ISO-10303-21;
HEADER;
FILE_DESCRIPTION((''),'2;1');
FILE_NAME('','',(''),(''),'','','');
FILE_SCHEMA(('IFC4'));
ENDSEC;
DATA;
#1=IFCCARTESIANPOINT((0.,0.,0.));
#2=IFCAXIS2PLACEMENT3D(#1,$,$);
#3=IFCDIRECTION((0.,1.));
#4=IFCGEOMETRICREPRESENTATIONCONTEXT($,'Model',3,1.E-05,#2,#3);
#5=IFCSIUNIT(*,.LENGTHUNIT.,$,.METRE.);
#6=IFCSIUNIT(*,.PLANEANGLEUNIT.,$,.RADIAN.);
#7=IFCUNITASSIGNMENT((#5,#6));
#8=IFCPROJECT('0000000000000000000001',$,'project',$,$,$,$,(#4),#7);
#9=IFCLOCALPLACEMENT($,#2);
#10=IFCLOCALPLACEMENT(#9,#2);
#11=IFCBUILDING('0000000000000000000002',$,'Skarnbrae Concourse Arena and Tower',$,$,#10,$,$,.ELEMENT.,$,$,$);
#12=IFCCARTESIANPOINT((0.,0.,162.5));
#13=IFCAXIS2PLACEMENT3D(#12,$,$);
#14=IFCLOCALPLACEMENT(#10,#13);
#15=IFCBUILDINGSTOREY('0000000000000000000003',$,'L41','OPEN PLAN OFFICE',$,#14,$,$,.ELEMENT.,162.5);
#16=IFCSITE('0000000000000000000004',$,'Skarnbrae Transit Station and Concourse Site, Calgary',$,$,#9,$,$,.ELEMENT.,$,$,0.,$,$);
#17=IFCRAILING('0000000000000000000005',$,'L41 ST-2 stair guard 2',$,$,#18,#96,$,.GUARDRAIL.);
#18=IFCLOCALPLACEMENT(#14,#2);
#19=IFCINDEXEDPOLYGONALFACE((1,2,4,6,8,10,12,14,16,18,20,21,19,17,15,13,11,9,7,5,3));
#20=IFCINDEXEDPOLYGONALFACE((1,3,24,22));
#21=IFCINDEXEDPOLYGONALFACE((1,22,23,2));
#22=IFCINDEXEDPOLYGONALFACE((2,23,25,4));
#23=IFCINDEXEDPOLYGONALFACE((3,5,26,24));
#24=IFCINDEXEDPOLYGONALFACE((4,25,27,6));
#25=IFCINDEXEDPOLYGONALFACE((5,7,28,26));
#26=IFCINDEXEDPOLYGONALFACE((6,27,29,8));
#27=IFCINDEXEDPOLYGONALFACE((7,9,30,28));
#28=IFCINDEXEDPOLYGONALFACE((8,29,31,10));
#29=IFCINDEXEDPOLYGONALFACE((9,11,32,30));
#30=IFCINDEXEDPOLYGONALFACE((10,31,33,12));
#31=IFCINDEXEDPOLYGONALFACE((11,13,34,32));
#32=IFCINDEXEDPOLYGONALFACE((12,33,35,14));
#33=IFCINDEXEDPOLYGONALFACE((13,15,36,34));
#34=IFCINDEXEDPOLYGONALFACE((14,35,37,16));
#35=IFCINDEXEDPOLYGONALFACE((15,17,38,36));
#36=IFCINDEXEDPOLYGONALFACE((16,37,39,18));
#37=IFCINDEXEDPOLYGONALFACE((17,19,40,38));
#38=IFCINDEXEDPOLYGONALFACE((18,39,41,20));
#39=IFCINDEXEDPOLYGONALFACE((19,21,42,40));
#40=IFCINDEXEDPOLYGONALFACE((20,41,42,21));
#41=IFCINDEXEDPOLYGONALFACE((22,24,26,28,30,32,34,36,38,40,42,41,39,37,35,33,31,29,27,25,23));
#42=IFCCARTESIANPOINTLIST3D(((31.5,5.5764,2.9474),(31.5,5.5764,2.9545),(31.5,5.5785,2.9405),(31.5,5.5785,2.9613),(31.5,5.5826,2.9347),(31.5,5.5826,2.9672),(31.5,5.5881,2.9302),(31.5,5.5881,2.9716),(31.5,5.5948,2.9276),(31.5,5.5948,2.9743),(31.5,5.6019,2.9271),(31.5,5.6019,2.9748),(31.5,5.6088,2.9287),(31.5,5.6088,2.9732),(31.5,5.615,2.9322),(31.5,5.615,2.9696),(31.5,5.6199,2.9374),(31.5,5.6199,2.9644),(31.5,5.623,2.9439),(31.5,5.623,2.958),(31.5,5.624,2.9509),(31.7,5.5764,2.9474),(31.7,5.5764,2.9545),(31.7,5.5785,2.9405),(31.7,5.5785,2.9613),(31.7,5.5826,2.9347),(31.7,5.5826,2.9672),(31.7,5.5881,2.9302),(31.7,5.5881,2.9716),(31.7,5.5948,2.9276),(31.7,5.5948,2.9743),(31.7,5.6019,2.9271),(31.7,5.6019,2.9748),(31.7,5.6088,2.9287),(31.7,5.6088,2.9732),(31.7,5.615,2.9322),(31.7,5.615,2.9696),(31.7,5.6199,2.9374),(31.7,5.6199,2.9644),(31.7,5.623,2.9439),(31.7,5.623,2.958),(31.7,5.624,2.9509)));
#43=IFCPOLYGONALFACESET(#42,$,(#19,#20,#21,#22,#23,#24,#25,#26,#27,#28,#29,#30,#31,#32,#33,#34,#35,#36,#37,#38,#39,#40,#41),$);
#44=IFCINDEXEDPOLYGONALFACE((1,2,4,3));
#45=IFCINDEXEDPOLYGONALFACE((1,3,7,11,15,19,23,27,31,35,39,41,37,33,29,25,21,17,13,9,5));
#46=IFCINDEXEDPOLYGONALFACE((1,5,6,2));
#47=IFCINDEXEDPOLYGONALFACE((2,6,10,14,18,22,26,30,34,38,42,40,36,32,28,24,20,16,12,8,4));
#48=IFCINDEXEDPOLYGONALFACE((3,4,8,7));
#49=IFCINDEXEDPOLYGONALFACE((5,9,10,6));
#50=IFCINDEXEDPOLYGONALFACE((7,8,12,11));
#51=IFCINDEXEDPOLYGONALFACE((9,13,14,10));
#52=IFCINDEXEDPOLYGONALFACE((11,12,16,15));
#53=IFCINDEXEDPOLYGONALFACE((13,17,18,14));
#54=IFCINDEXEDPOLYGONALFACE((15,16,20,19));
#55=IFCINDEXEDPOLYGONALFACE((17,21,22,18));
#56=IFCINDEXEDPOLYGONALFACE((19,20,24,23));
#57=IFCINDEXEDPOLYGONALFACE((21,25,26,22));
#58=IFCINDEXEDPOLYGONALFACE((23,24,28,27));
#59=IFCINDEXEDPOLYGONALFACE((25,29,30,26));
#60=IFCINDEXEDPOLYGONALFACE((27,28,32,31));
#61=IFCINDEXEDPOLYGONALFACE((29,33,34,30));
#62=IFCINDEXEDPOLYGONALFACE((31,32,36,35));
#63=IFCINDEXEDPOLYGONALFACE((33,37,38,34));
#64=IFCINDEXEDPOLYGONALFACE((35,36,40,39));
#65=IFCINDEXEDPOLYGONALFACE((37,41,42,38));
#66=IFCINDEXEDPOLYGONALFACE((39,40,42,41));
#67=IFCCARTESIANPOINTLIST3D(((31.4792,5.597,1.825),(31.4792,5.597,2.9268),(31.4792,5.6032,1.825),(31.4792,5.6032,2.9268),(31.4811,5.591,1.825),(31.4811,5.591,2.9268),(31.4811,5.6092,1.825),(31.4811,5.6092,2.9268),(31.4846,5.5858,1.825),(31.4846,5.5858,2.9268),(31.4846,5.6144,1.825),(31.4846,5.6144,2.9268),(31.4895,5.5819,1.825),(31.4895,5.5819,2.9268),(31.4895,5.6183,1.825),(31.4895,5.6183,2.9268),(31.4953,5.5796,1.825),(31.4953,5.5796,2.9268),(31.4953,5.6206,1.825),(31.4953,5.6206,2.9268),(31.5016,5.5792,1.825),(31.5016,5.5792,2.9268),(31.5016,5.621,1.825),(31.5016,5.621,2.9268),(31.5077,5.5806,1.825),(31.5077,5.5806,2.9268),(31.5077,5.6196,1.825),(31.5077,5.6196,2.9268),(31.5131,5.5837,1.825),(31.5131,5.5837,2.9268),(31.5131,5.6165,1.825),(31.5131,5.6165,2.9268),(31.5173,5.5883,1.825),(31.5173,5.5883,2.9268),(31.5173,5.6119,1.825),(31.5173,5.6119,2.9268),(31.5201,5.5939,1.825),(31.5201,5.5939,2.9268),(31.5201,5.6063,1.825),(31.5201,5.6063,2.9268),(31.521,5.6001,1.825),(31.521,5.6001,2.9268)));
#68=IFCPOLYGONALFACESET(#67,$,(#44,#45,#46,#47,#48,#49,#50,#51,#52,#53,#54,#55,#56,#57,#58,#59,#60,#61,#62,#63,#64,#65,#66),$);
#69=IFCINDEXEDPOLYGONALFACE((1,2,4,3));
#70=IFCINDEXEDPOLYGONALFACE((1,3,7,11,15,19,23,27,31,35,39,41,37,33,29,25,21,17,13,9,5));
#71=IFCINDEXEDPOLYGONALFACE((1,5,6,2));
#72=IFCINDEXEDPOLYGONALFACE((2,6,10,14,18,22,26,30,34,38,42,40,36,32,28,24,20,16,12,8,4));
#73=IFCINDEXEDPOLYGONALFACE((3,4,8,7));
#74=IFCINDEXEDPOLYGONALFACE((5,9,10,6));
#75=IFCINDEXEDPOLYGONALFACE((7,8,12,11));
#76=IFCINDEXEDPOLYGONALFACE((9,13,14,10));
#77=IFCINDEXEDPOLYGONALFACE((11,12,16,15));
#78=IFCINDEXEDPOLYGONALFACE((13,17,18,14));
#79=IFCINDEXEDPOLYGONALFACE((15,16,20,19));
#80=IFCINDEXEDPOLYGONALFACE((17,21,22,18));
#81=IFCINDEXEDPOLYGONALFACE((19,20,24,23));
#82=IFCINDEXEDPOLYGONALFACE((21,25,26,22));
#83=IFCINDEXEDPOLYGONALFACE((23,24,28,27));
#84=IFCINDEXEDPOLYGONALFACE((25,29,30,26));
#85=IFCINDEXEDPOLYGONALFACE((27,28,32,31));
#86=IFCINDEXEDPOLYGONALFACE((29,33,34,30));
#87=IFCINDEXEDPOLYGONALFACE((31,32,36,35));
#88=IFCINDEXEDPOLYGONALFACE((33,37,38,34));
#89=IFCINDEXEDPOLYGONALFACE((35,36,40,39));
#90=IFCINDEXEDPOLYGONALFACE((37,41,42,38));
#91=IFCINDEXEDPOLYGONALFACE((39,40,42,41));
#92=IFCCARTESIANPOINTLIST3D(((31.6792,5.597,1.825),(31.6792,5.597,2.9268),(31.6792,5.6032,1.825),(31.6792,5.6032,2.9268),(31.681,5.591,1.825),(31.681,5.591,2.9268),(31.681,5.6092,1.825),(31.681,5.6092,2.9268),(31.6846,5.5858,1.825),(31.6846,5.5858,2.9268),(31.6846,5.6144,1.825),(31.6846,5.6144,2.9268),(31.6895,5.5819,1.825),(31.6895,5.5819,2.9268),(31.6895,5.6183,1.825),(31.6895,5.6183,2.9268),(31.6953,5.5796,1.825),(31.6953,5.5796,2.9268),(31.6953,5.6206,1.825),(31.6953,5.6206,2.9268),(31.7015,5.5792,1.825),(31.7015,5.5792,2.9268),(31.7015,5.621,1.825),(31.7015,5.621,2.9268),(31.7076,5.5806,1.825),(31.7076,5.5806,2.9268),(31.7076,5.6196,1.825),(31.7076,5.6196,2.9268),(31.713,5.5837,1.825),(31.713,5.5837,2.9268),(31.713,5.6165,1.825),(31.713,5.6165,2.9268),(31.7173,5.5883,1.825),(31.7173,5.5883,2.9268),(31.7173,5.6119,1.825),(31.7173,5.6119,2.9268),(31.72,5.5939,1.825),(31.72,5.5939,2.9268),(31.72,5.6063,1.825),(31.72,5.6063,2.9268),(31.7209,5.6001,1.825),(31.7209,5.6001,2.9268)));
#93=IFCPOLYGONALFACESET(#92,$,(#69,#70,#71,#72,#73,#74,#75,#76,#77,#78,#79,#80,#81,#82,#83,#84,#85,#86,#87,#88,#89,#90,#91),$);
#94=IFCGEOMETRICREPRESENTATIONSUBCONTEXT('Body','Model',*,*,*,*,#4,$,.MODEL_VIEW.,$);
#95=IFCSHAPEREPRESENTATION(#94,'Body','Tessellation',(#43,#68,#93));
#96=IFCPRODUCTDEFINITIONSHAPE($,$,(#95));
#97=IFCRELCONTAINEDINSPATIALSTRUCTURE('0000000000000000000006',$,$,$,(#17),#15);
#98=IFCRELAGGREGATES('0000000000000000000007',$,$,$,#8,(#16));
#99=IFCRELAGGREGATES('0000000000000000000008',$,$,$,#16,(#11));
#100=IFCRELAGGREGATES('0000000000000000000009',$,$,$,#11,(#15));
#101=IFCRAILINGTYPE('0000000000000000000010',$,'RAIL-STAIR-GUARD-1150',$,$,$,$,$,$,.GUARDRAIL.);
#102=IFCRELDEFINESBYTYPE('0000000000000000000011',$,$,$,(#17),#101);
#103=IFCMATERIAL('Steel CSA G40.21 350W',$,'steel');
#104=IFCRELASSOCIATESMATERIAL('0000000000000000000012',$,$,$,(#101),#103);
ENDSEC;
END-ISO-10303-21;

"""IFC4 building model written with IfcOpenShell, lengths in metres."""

from ifc_helpers import new_model, si_unit, direction, frame, origin, origin_2d, place, context, subcontext, project, spatial, circle, extrude, material, type_object, element, save


model = new_model("IFC4")

# Units and contexts
model_context = context("Model", 3, precision=1e-05, world=origin(), true_north=direction((0.0, 1.0)))
body_context = subcontext(model_context, "Body", "Model", "MODEL_VIEW")
ifc_project = project(units=[si_unit("LENGTHUNIT", "METRE"), si_unit("PLANEANGLEUNIT", "RADIAN")], contexts=[model_context])

# Site, building, storey
site_placement = place(None, origin())
site = spatial("IfcSite", under=ifc_project, at=site_placement, Name="Skarnbrae Transit Station and Concourse Site, Calgary", CompositionType="ELEMENT", RefElevation=0.0)
building_placement = place(site_placement, origin())
building = spatial("IfcBuilding", under=site, at=building_placement, Name="Skarnbrae Concourse Arena and Tower", CompositionType="ELEMENT")
storey_placement = place(building_placement, frame((0.0, 0.0, 162.5)))
storey = spatial("IfcBuildingStorey", under=building, at=storey_placement, Name="L41", Description="OPEN PLAN OFFICE", CompositionType="ELEMENT", Elevation=162.5)

# Shared definitions
ifc_material_1 = material(Name="Steel CSA G40.21 350W", Category="steel")

# Railing
railing_type_1 = type_object("IfcRailingType", Name="RAIL-STAIR-GUARD-1150", PredefinedType="GUARDRAIL", material=ifc_material_1)
railing_1_placement = place(storey_placement, frame((31.5, 5.6001, 1.825)))
element("IfcRailing", 1, at=railing_1_placement, inside=storey, type_object=railing_type_1, Name="L41 ST-2 stair guard 2", PredefinedType="GUARDRAIL", context=body_context, shape_type="SweptSolid", body=[
    extrude(circle(Radius=0.0239, at=origin_2d()), frame((0.0, 0.0, 1.126), z_axis=(1.0, 0.0, 0.0), x_axis=(0.0, 1.0, 0.0)), (0.0, 0.0, 1.0), 0.2),
    extrude(circle(Radius=0.021, at=origin_2d()), origin(), (0.0, 0.0, 1.0), 1.1018),
    extrude(circle(Radius=0.021, at=origin_2d()), frame((0.2, 0.0, 0.0)), (0.0, 0.0, 1.0), 1.1018),
])

save(model, "model.ifc")
